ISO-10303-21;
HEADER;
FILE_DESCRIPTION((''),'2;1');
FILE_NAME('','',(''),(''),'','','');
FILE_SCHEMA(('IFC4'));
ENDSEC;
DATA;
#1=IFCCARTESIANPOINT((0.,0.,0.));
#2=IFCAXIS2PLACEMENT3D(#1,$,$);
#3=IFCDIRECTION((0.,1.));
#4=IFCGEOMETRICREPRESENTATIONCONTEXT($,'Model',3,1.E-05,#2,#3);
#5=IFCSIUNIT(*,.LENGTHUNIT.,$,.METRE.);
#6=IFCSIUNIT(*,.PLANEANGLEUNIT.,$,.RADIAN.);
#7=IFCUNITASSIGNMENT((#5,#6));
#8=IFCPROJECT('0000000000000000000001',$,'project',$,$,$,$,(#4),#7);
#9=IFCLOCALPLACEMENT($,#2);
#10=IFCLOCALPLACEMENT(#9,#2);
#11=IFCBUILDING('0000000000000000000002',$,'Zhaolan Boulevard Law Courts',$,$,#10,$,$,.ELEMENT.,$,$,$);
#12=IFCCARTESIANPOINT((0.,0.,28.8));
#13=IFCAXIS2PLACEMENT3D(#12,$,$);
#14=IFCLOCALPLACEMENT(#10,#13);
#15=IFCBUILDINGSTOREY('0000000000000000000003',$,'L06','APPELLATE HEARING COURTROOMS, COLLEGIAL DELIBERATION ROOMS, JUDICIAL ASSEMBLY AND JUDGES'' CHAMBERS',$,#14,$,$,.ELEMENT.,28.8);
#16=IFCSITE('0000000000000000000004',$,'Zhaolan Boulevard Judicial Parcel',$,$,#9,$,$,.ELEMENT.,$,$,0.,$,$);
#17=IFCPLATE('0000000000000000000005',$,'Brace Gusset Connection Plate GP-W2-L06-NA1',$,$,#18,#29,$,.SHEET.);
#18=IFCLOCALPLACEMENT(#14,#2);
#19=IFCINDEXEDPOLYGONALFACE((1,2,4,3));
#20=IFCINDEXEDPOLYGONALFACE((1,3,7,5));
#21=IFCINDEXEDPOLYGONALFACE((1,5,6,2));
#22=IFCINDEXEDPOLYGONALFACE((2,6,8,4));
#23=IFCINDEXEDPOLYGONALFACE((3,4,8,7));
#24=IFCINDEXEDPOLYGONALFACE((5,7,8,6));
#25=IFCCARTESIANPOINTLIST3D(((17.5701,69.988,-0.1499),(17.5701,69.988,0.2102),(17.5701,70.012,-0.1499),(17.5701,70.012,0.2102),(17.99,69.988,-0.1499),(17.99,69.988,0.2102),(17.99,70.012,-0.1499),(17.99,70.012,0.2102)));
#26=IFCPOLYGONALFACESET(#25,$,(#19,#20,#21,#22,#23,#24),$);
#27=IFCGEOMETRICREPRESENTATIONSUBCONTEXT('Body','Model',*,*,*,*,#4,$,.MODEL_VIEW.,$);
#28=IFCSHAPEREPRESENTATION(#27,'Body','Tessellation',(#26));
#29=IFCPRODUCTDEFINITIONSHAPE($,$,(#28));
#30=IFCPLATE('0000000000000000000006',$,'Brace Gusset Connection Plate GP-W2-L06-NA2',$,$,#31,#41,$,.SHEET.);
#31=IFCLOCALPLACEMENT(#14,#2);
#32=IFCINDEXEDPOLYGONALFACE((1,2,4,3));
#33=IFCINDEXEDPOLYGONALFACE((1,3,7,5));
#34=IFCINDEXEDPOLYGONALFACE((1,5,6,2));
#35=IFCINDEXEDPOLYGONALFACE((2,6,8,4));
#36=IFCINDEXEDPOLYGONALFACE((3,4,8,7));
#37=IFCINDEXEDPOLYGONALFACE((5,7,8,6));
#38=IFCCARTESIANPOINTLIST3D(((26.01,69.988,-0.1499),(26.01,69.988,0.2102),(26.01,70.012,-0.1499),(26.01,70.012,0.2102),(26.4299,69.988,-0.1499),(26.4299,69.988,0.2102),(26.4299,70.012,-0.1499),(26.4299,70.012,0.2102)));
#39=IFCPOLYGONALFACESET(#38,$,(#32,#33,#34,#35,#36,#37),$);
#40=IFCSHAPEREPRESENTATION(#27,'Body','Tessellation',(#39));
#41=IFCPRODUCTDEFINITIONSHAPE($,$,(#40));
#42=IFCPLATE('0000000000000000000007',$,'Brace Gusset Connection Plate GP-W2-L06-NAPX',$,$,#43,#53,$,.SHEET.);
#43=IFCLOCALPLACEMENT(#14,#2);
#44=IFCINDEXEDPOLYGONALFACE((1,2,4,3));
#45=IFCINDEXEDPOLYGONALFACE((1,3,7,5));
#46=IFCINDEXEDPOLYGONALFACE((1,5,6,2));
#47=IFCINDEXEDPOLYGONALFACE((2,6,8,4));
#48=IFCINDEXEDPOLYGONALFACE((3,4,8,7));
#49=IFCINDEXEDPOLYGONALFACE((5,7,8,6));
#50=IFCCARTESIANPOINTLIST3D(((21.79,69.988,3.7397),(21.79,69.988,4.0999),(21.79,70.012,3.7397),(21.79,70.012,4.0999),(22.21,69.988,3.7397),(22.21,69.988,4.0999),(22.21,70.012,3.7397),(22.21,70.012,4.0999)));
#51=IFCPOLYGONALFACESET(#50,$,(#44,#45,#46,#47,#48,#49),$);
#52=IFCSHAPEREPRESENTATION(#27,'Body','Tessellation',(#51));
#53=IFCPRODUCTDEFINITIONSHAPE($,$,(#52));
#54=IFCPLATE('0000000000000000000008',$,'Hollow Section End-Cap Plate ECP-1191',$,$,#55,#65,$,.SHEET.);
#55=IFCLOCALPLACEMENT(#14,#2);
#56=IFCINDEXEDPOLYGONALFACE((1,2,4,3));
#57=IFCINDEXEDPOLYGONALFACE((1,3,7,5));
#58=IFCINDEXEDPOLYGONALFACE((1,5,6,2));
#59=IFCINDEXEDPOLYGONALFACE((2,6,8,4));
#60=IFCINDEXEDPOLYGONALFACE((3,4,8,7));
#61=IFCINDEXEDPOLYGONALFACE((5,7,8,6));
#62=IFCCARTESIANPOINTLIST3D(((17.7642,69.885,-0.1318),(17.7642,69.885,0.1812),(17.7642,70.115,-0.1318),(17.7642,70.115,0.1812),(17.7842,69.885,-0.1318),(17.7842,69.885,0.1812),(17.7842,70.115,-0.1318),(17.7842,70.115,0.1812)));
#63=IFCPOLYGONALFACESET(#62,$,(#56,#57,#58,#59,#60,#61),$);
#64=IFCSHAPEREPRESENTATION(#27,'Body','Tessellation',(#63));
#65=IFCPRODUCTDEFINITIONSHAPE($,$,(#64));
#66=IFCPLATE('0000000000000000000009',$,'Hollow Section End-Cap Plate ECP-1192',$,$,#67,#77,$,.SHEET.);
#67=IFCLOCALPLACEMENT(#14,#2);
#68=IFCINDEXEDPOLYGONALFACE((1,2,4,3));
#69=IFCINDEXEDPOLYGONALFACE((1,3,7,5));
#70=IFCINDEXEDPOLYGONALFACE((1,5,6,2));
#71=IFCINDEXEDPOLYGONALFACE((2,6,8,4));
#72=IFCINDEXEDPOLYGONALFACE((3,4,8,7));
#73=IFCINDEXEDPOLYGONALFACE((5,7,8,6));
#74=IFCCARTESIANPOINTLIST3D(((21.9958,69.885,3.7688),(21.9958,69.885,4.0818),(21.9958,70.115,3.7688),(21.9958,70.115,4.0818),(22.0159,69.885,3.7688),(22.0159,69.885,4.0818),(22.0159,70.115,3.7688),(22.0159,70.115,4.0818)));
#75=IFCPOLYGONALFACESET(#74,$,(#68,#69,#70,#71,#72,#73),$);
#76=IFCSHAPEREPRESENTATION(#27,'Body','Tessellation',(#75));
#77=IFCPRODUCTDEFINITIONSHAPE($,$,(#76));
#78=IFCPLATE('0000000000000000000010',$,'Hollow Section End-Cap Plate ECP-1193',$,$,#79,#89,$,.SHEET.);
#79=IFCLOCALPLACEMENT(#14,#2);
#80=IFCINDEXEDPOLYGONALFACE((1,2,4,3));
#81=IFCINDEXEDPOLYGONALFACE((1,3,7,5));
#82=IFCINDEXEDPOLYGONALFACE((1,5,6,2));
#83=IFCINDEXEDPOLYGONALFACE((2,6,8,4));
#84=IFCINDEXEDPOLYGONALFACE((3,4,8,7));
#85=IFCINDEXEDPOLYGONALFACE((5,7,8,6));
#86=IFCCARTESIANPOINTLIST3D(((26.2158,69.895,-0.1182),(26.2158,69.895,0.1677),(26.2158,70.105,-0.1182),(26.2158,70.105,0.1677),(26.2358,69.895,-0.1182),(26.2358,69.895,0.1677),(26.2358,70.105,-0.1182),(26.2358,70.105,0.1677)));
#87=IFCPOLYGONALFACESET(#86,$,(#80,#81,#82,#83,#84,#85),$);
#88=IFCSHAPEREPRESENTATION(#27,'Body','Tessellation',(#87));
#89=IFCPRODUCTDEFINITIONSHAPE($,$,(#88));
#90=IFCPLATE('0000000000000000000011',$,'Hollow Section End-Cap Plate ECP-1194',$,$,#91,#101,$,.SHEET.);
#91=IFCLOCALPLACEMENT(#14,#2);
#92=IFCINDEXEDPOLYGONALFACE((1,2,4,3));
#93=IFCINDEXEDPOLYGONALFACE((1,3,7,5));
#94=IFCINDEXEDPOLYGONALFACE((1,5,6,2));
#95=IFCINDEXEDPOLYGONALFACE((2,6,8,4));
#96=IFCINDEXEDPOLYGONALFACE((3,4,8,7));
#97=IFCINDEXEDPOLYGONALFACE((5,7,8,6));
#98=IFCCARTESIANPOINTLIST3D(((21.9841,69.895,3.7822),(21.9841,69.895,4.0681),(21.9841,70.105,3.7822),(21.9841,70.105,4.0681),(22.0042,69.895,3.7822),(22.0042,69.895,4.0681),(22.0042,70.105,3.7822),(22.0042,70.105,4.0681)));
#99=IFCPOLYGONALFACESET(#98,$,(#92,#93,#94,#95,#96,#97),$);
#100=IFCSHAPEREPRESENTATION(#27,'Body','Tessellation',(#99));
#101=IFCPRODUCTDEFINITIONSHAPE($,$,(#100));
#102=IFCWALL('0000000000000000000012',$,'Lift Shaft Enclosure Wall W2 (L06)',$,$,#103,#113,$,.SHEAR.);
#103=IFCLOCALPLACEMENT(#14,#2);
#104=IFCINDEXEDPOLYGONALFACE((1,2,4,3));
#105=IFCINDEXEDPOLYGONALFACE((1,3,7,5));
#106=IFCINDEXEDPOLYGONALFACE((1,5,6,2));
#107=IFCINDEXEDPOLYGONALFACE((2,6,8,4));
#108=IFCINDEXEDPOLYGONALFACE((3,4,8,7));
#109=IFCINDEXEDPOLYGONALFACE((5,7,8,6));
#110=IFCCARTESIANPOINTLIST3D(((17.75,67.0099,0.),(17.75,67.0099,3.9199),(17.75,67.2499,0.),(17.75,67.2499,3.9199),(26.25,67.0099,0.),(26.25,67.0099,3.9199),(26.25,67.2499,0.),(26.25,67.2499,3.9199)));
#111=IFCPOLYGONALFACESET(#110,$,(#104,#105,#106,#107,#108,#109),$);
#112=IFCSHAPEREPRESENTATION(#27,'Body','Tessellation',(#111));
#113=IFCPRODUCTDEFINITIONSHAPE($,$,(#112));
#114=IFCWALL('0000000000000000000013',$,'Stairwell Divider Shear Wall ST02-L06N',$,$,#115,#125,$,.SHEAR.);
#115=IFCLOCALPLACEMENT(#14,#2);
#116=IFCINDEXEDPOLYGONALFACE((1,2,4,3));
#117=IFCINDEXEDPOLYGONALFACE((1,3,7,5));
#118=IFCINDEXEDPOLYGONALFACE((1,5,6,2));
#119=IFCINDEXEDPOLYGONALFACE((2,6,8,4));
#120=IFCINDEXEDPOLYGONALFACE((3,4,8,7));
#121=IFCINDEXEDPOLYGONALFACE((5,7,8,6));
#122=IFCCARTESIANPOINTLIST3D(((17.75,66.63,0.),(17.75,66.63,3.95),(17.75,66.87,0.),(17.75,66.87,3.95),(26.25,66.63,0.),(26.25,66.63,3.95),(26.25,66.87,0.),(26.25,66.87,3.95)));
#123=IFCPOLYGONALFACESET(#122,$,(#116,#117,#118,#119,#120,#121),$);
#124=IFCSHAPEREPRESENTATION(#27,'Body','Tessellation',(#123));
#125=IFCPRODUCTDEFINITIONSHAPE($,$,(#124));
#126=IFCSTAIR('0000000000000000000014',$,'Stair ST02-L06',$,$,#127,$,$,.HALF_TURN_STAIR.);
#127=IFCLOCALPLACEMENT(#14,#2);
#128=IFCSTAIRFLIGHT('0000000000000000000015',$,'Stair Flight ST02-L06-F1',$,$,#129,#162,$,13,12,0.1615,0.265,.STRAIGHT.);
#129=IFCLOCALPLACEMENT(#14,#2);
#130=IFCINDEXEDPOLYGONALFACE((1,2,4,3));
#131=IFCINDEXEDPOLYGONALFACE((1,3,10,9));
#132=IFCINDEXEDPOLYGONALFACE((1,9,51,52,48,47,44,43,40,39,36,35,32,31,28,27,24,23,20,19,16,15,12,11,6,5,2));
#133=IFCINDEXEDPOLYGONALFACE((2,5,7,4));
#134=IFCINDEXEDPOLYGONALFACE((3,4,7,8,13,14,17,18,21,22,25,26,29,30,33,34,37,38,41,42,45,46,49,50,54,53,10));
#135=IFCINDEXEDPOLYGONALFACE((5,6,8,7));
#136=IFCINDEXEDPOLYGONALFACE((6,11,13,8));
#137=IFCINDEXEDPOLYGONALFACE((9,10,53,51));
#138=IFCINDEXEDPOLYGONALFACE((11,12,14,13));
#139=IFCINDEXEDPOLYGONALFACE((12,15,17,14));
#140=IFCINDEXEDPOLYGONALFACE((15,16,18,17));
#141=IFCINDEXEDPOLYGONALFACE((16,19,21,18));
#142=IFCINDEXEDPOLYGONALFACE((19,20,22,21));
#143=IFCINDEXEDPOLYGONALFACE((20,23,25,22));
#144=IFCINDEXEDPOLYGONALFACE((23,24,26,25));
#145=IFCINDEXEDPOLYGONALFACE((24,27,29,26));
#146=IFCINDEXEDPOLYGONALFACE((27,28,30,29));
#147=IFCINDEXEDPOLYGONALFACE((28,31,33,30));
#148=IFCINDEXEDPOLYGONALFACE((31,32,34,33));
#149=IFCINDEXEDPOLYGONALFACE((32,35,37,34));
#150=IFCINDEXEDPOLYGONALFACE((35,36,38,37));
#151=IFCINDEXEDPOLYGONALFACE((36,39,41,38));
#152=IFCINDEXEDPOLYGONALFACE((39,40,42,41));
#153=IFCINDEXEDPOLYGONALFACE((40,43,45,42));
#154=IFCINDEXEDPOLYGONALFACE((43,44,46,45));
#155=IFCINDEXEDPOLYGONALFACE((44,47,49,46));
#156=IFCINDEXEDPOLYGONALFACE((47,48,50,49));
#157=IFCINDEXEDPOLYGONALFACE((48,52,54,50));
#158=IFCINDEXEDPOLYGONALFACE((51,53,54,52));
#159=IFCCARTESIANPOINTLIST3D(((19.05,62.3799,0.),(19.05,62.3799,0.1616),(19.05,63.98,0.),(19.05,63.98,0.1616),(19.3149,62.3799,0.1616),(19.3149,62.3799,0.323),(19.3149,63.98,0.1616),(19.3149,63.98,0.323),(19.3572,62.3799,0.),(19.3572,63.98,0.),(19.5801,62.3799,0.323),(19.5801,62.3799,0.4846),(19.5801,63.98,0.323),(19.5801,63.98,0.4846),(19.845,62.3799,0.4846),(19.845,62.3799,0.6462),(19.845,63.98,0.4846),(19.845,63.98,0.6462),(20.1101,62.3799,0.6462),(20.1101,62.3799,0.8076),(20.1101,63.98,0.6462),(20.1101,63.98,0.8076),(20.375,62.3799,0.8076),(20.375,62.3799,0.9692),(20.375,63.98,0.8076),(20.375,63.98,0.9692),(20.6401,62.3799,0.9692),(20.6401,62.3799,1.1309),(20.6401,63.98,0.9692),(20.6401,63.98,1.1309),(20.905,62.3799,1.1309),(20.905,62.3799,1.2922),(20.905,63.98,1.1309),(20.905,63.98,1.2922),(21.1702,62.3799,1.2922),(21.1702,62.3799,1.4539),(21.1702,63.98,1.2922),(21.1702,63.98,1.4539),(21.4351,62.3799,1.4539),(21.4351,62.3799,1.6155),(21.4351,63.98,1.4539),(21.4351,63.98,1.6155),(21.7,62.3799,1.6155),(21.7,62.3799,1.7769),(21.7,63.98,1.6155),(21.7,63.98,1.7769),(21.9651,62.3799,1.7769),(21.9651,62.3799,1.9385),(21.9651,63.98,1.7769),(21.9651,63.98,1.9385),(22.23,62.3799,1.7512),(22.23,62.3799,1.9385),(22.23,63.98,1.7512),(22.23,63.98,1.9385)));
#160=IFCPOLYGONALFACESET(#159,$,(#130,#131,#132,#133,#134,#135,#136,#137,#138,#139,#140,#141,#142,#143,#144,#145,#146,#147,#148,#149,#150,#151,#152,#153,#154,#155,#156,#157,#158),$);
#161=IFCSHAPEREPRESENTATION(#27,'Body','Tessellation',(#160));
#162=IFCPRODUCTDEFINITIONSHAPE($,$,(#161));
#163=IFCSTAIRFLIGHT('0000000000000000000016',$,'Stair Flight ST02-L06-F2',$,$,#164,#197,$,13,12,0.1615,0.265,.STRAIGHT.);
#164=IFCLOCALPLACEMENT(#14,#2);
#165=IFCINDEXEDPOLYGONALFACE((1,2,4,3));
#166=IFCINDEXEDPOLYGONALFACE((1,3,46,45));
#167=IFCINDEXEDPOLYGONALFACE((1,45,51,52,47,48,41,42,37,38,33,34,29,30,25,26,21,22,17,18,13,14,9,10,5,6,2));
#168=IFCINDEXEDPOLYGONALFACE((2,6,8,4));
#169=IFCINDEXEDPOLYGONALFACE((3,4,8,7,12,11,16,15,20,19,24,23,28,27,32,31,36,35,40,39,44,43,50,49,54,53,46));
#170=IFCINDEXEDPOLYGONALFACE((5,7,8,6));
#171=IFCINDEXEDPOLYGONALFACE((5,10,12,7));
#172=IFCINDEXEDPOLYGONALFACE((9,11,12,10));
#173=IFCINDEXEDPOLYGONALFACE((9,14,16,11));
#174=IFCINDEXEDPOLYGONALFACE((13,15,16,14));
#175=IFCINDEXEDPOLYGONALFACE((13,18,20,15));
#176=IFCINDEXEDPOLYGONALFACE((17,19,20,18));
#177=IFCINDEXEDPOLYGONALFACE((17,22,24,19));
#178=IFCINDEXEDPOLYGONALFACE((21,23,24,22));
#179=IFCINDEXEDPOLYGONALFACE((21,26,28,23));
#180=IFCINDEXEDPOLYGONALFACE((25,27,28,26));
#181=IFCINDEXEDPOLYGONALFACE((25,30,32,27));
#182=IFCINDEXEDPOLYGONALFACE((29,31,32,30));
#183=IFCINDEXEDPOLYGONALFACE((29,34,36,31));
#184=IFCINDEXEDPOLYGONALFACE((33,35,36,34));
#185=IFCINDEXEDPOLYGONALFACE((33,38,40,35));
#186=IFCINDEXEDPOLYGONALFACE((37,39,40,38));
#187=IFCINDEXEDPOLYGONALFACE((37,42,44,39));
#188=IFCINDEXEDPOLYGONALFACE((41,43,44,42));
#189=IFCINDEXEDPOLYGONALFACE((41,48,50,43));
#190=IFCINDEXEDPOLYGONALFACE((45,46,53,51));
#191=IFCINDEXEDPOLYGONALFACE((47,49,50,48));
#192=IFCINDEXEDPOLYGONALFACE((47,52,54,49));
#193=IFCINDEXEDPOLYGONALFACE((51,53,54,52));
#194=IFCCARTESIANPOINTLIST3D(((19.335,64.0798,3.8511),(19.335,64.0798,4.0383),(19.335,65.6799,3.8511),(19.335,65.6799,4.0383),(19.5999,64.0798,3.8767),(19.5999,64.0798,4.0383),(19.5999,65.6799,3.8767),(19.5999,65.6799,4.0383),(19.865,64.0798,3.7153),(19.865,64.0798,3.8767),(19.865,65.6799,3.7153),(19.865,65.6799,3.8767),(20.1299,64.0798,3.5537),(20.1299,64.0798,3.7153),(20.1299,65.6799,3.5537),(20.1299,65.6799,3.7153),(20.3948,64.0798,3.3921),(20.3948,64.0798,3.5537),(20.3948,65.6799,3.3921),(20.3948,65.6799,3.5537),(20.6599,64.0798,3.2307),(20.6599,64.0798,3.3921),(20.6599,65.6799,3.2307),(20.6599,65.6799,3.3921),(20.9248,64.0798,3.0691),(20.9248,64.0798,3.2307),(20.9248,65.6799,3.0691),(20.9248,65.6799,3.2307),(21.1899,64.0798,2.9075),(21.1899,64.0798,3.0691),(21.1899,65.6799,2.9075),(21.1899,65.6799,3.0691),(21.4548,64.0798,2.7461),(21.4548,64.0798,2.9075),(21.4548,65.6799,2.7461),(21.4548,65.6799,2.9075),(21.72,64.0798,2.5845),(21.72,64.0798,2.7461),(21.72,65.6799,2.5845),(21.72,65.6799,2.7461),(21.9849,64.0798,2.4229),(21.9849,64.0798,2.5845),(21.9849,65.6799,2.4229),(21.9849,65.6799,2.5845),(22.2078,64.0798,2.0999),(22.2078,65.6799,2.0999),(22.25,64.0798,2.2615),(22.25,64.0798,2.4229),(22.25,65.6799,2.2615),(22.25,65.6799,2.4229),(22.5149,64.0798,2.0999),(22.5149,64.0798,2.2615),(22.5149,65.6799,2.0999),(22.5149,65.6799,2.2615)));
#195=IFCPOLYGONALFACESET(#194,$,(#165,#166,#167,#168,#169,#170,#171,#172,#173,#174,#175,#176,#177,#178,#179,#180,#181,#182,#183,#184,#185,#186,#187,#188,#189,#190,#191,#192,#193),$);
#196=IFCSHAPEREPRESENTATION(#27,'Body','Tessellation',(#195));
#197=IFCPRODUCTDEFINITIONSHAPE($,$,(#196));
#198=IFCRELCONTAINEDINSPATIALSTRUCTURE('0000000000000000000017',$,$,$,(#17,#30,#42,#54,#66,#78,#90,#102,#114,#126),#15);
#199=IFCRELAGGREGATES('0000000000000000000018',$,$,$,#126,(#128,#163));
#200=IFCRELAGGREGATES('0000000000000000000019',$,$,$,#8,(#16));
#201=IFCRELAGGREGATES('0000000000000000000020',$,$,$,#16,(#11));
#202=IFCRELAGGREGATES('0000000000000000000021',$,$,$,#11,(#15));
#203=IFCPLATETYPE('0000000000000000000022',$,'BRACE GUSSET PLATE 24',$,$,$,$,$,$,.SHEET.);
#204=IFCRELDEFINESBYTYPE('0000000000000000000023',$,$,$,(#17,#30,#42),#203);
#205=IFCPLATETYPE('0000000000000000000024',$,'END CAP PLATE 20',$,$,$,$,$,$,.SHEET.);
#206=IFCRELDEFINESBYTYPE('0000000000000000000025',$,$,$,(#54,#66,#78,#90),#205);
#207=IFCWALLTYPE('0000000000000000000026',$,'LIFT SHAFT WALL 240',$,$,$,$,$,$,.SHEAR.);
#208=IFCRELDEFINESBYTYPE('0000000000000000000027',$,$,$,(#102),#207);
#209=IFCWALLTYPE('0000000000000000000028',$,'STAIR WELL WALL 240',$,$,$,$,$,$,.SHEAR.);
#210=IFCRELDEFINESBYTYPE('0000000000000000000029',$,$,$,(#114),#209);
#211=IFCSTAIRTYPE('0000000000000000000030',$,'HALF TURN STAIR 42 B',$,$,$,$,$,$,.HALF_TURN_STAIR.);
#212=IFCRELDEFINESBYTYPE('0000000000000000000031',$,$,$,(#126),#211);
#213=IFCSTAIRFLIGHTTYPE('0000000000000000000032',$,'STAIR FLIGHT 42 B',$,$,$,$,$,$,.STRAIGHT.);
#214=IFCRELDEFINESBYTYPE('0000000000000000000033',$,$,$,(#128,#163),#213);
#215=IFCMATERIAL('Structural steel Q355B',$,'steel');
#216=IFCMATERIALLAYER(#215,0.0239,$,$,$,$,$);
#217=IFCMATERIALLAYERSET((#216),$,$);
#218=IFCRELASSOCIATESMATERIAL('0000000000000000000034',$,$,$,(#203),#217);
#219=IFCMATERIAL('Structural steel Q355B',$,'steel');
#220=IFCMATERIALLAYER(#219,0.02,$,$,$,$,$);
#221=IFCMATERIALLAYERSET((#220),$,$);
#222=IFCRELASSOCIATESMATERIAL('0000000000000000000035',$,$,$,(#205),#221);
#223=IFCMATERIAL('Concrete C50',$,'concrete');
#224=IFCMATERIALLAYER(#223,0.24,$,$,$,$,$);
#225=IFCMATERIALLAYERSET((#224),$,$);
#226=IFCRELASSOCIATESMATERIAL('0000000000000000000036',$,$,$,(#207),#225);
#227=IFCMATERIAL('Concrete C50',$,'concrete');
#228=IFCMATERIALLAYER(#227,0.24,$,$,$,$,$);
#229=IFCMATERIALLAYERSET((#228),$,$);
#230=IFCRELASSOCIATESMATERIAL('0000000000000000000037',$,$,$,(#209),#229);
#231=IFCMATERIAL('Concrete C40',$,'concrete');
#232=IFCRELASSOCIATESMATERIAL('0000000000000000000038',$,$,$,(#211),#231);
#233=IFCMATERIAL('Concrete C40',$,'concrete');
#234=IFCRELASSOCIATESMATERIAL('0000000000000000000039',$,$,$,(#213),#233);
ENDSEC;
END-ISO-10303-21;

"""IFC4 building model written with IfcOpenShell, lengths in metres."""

from ifc_helpers import new_model, si_unit, direction, frame, frame_2d, origin, origin_2d, place, context, subcontext, project, spatial, polyline, rectangle, outline, extrude, material, layer, layer_set, type_object, element, aggregate, save


model = new_model("IFC4")

# Units and contexts
model_context = context("Model", 3, precision=1e-05, world=origin(), true_north=direction((0.0, 1.0)))
body_context = subcontext(model_context, "Body", "Model", "MODEL_VIEW")
ifc_project = project(units=[si_unit("LENGTHUNIT", "METRE"), si_unit("PLANEANGLEUNIT", "RADIAN")], contexts=[model_context])

# Site, building, storey
site_placement = place(None, origin())
site = spatial("IfcSite", under=ifc_project, at=site_placement, Name="Zhaolan Boulevard Judicial Parcel", CompositionType="ELEMENT", RefElevation=0.0)
building_placement = place(site_placement, origin())
building = spatial("IfcBuilding", under=site, at=building_placement, Name="Zhaolan Boulevard Law Courts", CompositionType="ELEMENT")
storey_placement = place(building_placement, frame((0.0, 0.0, 28.8)))
storey = spatial("IfcBuildingStorey", under=building, at=storey_placement, Name="L06", Description="APPELLATE HEARING COURTROOMS, COLLEGIAL DELIBERATION ROOMS, JUDICIAL ASSEMBLY AND JUDGES' CHAMBERS", CompositionType="ELEMENT", Elevation=28.8)

# Plates
ifc_material_1 = material(Name="Structural steel Q355B", Category="steel")
ifc_layer_1 = layer(ifc_material_1, 0.0239)
ifc_layer_set_1 = layer_set([ifc_layer_1])
plate_type_1 = type_object("IfcPlateType", Name="BRACE GUSSET PLATE 24", PredefinedType="SHEET", material=ifc_layer_set_1)
for number, where, z_axis, x_axis, name in (
    (1, (17.78, 70.0, -0.1499), (0.0, 0.0, 1.0), (1.0, 0.0, 0.0), "Brace Gusset Connection Plate GP-W2-L06-NA1"),
    (2, (26.22, 70.0, -0.1499), (0.0, 0.0, 1.0), (1.0, 0.0, 0.0), "Brace Gusset Connection Plate GP-W2-L06-NA2"),
    (3, (22.0, 70.0, 3.7397), (0.0, 0.0, 1.0), (1.0, 0.0, 0.0), "Brace Gusset Connection Plate GP-W2-L06-NAPX"),
):
    element("IfcPlate", number, at=place(storey_placement, frame(where, z_axis=z_axis, x_axis=x_axis)), inside=storey, type_object=plate_type_1, Name=name, PredefinedType="SHEET", context=body_context, shape_type="SweptSolid", body=[
        extrude(rectangle(XDim=0.4199, YDim=0.0239, at=origin_2d()), origin(), (0.0, 0.0, 1.0), 0.3601),
    ])
ifc_material_2 = material(Name="Structural steel Q355B", Category="steel")
ifc_layer_2 = layer(ifc_material_2, 0.02)
ifc_layer_set_2 = layer_set([ifc_layer_2])
plate_type_2 = type_object("IfcPlateType", Name="END CAP PLATE 20", PredefinedType="SHEET", material=ifc_layer_set_2)
for number, where, z_axis, x_axis, name in (
    (4, (17.7742, 70.0, -0.1318), (0.0, 0.0, 1.0), (1.0, 0.0, 0.0), "Hollow Section End-Cap Plate ECP-1191"),
    (5, (22.0059, 70.0, 3.7688), (0.0, 0.0, 1.0), (1.0, 0.0, 0.0), "Hollow Section End-Cap Plate ECP-1192"),
):
    element("IfcPlate", number, at=place(storey_placement, frame(where, z_axis=z_axis, x_axis=x_axis)), inside=storey, type_object=plate_type_2, Name=name, PredefinedType="SHEET", context=body_context, shape_type="SweptSolid", body=[
        extrude(rectangle(XDim=0.02, YDim=0.23, at=origin_2d()), origin(), (0.0, 0.0, 1.0), 0.313),
    ])
for number, where, z_axis, x_axis, name in (
    (6, (26.2258, 70.0, -0.1182), (0.0, 0.0, 1.0), (-1.0, 0.0, 0.0), "Hollow Section End-Cap Plate ECP-1193"),
    (7, (21.9941, 70.0, 3.7822), (0.0, 0.0, 1.0), (-1.0, 0.0, 0.0), "Hollow Section End-Cap Plate ECP-1194"),
):
    element("IfcPlate", number, at=place(storey_placement, frame(where, z_axis=z_axis, x_axis=x_axis)), inside=storey, type_object=plate_type_2, Name=name, PredefinedType="SHEET", context=body_context, shape_type="SweptSolid", body=[
        extrude(rectangle(XDim=0.02, YDim=0.21, at=origin_2d()), origin(), (0.0, 0.0, 1.0), 0.2859),
    ])

# Walls
ifc_material_3 = material(Name="Concrete C50", Category="concrete")
ifc_layer_3 = layer(ifc_material_3, 0.24)
ifc_layer_set_3 = layer_set([ifc_layer_3])
wall_type_1 = type_object("IfcWallType", Name="LIFT SHAFT WALL 240", PredefinedType="SHEAR", material=ifc_layer_set_3)
wall_1_placement = place(storey_placement, frame((17.75, 67.1299, 0.0), z_axis=(0.0, 0.0, 1.0), x_axis=(1.0, 0.0, 0.0)))
element("IfcWall", 8, at=wall_1_placement, inside=storey, type_object=wall_type_1, Name="Lift Shaft Enclosure Wall W2 (L06)", PredefinedType="SHEAR", context=body_context, shape_type="SweptSolid", body=[
    extrude(rectangle(XDim=8.5, YDim=0.24, at=frame_2d((4.25, 0.0))), origin(), (0.0, 0.0, 1.0), 3.9199),
])
ifc_material_4 = material(Name="Concrete C50", Category="concrete")
ifc_layer_4 = layer(ifc_material_4, 0.24)
ifc_layer_set_4 = layer_set([ifc_layer_4])
wall_type_2 = type_object("IfcWallType", Name="STAIR WELL WALL 240", PredefinedType="SHEAR", material=ifc_layer_set_4)
wall_2_placement = place(storey_placement, frame((17.75, 66.75, 0.0), z_axis=(0.0, 0.0, 1.0), x_axis=(1.0, 0.0, 0.0)))
element("IfcWall", 9, at=wall_2_placement, inside=storey, type_object=wall_type_2, Name="Stairwell Divider Shear Wall ST02-L06N", PredefinedType="SHEAR", context=body_context, shape_type="SweptSolid", body=[
    extrude(rectangle(XDim=8.5, YDim=0.24, at=frame_2d((4.25, 0.0))), origin(), (0.0, 0.0, 1.0), 3.95),
])

# Stair, stair flights
ifc_material_5 = material(Name="Concrete C40", Category="concrete")
stair_type = type_object("IfcStairType", Name="HALF TURN STAIR 42 B", PredefinedType="HALF_TURN_STAIR", material=ifc_material_5)
stair_placement = place(storey_placement, origin())
stair = element("IfcStair", 10, at=stair_placement, inside=storey, type_object=stair_type, Name="Stair ST02-L06", PredefinedType="HALF_TURN_STAIR")
ifc_material_6 = material(Name="Concrete C40", Category="concrete")
stair_flight_type = type_object("IfcStairFlightType", Name="STAIR FLIGHT 42 B", PredefinedType="STRAIGHT", material=ifc_material_6)
stair_flight_1_placement = place(storey_placement, frame((19.05, 63.1799, 0.0), z_axis=(0.0, 0.0, 1.0), x_axis=(1.0, 0.0, 0.0)))
stair_flight_1 = element("IfcStairFlight", 11, at=stair_flight_1_placement, type_object=stair_flight_type, Name="Stair Flight ST02-L06-F1", NumberOfRisers=13, NumberOfTreads=12, PredefinedType="STRAIGHT", RiserHeight=0.1615, TreadLength=0.265, context=body_context, shape_type="SweptSolid", body=[
    extrude(outline(polyline([(0.0, 0.0), (0.0, 0.1616), (0.2649, 0.1616), (0.2649, 0.323), (0.53, 0.323), (0.53, 0.4846), (0.7949, 0.4846), (0.7949, 0.6462), (1.0601, 0.6462), (1.0601, 0.8076), (1.325, 0.8076), (1.325, 0.9692), (1.5901, 0.9692), (1.5901, 1.1309), (1.855, 1.1309), (1.855, 1.2922), (2.1201, 1.2922), (2.1201, 1.4539), (2.385, 1.4539), (2.385, 1.6155), (2.6499, 1.6155), (2.6499, 1.7769), (2.915, 1.7769), (2.915, 1.9385), (3.1799, 1.9385), (3.1799, 2.1001), (3.1799, 1.7512), (0.3071, 0.0), (0.0, 0.0)])), frame((0.0, 0.8, 0.0), z_axis=(0.0, -1.0, 0.0), x_axis=(1.0, 0.0, 0.0)), (0.0, 0.0, 1.0), 1.6001),
])
stair_flight_2_placement = place(storey_placement, frame((22.5149, 64.8799, 2.0999), z_axis=(0.0, 0.0, 1.0), x_axis=(-1.0, 0.0, 0.0)))
stair_flight_2 = element("IfcStairFlight", 12, at=stair_flight_2_placement, type_object=stair_flight_type, Name="Stair Flight ST02-L06-F2", NumberOfRisers=13, NumberOfTreads=12, PredefinedType="STRAIGHT", RiserHeight=0.1615, TreadLength=0.265, context=body_context, shape_type="SweptSolid", body=[
    extrude(outline(polyline([(0.0, 0.0), (0.0, 0.1616), (0.2649, 0.1616), (0.2649, 0.323), (0.53, 0.323), (0.53, 0.4846), (0.7949, 0.4846), (0.7949, 0.6462), (1.0601, 0.6462), (1.0601, 0.8076), (1.325, 0.8076), (1.325, 0.9692), (1.5901, 0.9692), (1.5901, 1.1309), (1.855, 1.1309), (1.855, 1.2922), (2.1201, 1.2922), (2.1201, 1.4539), (2.385, 1.4539), (2.385, 1.6155), (2.6499, 1.6155), (2.6499, 1.7769), (2.915, 1.7769), (2.915, 1.9385), (3.1799, 1.9385), (3.1799, 2.1001), (3.1799, 1.7512), (0.3071, 0.0), (0.0, 0.0)])), frame((0.0, 0.8, 0.0), z_axis=(0.0, -1.0, 0.0), x_axis=(1.0, 0.0, 0.0)), (0.0, 0.0, 1.0), 1.6001),
])
aggregate(stair, [stair_flight_1, stair_flight_2])

save(model, "model.ifc")
